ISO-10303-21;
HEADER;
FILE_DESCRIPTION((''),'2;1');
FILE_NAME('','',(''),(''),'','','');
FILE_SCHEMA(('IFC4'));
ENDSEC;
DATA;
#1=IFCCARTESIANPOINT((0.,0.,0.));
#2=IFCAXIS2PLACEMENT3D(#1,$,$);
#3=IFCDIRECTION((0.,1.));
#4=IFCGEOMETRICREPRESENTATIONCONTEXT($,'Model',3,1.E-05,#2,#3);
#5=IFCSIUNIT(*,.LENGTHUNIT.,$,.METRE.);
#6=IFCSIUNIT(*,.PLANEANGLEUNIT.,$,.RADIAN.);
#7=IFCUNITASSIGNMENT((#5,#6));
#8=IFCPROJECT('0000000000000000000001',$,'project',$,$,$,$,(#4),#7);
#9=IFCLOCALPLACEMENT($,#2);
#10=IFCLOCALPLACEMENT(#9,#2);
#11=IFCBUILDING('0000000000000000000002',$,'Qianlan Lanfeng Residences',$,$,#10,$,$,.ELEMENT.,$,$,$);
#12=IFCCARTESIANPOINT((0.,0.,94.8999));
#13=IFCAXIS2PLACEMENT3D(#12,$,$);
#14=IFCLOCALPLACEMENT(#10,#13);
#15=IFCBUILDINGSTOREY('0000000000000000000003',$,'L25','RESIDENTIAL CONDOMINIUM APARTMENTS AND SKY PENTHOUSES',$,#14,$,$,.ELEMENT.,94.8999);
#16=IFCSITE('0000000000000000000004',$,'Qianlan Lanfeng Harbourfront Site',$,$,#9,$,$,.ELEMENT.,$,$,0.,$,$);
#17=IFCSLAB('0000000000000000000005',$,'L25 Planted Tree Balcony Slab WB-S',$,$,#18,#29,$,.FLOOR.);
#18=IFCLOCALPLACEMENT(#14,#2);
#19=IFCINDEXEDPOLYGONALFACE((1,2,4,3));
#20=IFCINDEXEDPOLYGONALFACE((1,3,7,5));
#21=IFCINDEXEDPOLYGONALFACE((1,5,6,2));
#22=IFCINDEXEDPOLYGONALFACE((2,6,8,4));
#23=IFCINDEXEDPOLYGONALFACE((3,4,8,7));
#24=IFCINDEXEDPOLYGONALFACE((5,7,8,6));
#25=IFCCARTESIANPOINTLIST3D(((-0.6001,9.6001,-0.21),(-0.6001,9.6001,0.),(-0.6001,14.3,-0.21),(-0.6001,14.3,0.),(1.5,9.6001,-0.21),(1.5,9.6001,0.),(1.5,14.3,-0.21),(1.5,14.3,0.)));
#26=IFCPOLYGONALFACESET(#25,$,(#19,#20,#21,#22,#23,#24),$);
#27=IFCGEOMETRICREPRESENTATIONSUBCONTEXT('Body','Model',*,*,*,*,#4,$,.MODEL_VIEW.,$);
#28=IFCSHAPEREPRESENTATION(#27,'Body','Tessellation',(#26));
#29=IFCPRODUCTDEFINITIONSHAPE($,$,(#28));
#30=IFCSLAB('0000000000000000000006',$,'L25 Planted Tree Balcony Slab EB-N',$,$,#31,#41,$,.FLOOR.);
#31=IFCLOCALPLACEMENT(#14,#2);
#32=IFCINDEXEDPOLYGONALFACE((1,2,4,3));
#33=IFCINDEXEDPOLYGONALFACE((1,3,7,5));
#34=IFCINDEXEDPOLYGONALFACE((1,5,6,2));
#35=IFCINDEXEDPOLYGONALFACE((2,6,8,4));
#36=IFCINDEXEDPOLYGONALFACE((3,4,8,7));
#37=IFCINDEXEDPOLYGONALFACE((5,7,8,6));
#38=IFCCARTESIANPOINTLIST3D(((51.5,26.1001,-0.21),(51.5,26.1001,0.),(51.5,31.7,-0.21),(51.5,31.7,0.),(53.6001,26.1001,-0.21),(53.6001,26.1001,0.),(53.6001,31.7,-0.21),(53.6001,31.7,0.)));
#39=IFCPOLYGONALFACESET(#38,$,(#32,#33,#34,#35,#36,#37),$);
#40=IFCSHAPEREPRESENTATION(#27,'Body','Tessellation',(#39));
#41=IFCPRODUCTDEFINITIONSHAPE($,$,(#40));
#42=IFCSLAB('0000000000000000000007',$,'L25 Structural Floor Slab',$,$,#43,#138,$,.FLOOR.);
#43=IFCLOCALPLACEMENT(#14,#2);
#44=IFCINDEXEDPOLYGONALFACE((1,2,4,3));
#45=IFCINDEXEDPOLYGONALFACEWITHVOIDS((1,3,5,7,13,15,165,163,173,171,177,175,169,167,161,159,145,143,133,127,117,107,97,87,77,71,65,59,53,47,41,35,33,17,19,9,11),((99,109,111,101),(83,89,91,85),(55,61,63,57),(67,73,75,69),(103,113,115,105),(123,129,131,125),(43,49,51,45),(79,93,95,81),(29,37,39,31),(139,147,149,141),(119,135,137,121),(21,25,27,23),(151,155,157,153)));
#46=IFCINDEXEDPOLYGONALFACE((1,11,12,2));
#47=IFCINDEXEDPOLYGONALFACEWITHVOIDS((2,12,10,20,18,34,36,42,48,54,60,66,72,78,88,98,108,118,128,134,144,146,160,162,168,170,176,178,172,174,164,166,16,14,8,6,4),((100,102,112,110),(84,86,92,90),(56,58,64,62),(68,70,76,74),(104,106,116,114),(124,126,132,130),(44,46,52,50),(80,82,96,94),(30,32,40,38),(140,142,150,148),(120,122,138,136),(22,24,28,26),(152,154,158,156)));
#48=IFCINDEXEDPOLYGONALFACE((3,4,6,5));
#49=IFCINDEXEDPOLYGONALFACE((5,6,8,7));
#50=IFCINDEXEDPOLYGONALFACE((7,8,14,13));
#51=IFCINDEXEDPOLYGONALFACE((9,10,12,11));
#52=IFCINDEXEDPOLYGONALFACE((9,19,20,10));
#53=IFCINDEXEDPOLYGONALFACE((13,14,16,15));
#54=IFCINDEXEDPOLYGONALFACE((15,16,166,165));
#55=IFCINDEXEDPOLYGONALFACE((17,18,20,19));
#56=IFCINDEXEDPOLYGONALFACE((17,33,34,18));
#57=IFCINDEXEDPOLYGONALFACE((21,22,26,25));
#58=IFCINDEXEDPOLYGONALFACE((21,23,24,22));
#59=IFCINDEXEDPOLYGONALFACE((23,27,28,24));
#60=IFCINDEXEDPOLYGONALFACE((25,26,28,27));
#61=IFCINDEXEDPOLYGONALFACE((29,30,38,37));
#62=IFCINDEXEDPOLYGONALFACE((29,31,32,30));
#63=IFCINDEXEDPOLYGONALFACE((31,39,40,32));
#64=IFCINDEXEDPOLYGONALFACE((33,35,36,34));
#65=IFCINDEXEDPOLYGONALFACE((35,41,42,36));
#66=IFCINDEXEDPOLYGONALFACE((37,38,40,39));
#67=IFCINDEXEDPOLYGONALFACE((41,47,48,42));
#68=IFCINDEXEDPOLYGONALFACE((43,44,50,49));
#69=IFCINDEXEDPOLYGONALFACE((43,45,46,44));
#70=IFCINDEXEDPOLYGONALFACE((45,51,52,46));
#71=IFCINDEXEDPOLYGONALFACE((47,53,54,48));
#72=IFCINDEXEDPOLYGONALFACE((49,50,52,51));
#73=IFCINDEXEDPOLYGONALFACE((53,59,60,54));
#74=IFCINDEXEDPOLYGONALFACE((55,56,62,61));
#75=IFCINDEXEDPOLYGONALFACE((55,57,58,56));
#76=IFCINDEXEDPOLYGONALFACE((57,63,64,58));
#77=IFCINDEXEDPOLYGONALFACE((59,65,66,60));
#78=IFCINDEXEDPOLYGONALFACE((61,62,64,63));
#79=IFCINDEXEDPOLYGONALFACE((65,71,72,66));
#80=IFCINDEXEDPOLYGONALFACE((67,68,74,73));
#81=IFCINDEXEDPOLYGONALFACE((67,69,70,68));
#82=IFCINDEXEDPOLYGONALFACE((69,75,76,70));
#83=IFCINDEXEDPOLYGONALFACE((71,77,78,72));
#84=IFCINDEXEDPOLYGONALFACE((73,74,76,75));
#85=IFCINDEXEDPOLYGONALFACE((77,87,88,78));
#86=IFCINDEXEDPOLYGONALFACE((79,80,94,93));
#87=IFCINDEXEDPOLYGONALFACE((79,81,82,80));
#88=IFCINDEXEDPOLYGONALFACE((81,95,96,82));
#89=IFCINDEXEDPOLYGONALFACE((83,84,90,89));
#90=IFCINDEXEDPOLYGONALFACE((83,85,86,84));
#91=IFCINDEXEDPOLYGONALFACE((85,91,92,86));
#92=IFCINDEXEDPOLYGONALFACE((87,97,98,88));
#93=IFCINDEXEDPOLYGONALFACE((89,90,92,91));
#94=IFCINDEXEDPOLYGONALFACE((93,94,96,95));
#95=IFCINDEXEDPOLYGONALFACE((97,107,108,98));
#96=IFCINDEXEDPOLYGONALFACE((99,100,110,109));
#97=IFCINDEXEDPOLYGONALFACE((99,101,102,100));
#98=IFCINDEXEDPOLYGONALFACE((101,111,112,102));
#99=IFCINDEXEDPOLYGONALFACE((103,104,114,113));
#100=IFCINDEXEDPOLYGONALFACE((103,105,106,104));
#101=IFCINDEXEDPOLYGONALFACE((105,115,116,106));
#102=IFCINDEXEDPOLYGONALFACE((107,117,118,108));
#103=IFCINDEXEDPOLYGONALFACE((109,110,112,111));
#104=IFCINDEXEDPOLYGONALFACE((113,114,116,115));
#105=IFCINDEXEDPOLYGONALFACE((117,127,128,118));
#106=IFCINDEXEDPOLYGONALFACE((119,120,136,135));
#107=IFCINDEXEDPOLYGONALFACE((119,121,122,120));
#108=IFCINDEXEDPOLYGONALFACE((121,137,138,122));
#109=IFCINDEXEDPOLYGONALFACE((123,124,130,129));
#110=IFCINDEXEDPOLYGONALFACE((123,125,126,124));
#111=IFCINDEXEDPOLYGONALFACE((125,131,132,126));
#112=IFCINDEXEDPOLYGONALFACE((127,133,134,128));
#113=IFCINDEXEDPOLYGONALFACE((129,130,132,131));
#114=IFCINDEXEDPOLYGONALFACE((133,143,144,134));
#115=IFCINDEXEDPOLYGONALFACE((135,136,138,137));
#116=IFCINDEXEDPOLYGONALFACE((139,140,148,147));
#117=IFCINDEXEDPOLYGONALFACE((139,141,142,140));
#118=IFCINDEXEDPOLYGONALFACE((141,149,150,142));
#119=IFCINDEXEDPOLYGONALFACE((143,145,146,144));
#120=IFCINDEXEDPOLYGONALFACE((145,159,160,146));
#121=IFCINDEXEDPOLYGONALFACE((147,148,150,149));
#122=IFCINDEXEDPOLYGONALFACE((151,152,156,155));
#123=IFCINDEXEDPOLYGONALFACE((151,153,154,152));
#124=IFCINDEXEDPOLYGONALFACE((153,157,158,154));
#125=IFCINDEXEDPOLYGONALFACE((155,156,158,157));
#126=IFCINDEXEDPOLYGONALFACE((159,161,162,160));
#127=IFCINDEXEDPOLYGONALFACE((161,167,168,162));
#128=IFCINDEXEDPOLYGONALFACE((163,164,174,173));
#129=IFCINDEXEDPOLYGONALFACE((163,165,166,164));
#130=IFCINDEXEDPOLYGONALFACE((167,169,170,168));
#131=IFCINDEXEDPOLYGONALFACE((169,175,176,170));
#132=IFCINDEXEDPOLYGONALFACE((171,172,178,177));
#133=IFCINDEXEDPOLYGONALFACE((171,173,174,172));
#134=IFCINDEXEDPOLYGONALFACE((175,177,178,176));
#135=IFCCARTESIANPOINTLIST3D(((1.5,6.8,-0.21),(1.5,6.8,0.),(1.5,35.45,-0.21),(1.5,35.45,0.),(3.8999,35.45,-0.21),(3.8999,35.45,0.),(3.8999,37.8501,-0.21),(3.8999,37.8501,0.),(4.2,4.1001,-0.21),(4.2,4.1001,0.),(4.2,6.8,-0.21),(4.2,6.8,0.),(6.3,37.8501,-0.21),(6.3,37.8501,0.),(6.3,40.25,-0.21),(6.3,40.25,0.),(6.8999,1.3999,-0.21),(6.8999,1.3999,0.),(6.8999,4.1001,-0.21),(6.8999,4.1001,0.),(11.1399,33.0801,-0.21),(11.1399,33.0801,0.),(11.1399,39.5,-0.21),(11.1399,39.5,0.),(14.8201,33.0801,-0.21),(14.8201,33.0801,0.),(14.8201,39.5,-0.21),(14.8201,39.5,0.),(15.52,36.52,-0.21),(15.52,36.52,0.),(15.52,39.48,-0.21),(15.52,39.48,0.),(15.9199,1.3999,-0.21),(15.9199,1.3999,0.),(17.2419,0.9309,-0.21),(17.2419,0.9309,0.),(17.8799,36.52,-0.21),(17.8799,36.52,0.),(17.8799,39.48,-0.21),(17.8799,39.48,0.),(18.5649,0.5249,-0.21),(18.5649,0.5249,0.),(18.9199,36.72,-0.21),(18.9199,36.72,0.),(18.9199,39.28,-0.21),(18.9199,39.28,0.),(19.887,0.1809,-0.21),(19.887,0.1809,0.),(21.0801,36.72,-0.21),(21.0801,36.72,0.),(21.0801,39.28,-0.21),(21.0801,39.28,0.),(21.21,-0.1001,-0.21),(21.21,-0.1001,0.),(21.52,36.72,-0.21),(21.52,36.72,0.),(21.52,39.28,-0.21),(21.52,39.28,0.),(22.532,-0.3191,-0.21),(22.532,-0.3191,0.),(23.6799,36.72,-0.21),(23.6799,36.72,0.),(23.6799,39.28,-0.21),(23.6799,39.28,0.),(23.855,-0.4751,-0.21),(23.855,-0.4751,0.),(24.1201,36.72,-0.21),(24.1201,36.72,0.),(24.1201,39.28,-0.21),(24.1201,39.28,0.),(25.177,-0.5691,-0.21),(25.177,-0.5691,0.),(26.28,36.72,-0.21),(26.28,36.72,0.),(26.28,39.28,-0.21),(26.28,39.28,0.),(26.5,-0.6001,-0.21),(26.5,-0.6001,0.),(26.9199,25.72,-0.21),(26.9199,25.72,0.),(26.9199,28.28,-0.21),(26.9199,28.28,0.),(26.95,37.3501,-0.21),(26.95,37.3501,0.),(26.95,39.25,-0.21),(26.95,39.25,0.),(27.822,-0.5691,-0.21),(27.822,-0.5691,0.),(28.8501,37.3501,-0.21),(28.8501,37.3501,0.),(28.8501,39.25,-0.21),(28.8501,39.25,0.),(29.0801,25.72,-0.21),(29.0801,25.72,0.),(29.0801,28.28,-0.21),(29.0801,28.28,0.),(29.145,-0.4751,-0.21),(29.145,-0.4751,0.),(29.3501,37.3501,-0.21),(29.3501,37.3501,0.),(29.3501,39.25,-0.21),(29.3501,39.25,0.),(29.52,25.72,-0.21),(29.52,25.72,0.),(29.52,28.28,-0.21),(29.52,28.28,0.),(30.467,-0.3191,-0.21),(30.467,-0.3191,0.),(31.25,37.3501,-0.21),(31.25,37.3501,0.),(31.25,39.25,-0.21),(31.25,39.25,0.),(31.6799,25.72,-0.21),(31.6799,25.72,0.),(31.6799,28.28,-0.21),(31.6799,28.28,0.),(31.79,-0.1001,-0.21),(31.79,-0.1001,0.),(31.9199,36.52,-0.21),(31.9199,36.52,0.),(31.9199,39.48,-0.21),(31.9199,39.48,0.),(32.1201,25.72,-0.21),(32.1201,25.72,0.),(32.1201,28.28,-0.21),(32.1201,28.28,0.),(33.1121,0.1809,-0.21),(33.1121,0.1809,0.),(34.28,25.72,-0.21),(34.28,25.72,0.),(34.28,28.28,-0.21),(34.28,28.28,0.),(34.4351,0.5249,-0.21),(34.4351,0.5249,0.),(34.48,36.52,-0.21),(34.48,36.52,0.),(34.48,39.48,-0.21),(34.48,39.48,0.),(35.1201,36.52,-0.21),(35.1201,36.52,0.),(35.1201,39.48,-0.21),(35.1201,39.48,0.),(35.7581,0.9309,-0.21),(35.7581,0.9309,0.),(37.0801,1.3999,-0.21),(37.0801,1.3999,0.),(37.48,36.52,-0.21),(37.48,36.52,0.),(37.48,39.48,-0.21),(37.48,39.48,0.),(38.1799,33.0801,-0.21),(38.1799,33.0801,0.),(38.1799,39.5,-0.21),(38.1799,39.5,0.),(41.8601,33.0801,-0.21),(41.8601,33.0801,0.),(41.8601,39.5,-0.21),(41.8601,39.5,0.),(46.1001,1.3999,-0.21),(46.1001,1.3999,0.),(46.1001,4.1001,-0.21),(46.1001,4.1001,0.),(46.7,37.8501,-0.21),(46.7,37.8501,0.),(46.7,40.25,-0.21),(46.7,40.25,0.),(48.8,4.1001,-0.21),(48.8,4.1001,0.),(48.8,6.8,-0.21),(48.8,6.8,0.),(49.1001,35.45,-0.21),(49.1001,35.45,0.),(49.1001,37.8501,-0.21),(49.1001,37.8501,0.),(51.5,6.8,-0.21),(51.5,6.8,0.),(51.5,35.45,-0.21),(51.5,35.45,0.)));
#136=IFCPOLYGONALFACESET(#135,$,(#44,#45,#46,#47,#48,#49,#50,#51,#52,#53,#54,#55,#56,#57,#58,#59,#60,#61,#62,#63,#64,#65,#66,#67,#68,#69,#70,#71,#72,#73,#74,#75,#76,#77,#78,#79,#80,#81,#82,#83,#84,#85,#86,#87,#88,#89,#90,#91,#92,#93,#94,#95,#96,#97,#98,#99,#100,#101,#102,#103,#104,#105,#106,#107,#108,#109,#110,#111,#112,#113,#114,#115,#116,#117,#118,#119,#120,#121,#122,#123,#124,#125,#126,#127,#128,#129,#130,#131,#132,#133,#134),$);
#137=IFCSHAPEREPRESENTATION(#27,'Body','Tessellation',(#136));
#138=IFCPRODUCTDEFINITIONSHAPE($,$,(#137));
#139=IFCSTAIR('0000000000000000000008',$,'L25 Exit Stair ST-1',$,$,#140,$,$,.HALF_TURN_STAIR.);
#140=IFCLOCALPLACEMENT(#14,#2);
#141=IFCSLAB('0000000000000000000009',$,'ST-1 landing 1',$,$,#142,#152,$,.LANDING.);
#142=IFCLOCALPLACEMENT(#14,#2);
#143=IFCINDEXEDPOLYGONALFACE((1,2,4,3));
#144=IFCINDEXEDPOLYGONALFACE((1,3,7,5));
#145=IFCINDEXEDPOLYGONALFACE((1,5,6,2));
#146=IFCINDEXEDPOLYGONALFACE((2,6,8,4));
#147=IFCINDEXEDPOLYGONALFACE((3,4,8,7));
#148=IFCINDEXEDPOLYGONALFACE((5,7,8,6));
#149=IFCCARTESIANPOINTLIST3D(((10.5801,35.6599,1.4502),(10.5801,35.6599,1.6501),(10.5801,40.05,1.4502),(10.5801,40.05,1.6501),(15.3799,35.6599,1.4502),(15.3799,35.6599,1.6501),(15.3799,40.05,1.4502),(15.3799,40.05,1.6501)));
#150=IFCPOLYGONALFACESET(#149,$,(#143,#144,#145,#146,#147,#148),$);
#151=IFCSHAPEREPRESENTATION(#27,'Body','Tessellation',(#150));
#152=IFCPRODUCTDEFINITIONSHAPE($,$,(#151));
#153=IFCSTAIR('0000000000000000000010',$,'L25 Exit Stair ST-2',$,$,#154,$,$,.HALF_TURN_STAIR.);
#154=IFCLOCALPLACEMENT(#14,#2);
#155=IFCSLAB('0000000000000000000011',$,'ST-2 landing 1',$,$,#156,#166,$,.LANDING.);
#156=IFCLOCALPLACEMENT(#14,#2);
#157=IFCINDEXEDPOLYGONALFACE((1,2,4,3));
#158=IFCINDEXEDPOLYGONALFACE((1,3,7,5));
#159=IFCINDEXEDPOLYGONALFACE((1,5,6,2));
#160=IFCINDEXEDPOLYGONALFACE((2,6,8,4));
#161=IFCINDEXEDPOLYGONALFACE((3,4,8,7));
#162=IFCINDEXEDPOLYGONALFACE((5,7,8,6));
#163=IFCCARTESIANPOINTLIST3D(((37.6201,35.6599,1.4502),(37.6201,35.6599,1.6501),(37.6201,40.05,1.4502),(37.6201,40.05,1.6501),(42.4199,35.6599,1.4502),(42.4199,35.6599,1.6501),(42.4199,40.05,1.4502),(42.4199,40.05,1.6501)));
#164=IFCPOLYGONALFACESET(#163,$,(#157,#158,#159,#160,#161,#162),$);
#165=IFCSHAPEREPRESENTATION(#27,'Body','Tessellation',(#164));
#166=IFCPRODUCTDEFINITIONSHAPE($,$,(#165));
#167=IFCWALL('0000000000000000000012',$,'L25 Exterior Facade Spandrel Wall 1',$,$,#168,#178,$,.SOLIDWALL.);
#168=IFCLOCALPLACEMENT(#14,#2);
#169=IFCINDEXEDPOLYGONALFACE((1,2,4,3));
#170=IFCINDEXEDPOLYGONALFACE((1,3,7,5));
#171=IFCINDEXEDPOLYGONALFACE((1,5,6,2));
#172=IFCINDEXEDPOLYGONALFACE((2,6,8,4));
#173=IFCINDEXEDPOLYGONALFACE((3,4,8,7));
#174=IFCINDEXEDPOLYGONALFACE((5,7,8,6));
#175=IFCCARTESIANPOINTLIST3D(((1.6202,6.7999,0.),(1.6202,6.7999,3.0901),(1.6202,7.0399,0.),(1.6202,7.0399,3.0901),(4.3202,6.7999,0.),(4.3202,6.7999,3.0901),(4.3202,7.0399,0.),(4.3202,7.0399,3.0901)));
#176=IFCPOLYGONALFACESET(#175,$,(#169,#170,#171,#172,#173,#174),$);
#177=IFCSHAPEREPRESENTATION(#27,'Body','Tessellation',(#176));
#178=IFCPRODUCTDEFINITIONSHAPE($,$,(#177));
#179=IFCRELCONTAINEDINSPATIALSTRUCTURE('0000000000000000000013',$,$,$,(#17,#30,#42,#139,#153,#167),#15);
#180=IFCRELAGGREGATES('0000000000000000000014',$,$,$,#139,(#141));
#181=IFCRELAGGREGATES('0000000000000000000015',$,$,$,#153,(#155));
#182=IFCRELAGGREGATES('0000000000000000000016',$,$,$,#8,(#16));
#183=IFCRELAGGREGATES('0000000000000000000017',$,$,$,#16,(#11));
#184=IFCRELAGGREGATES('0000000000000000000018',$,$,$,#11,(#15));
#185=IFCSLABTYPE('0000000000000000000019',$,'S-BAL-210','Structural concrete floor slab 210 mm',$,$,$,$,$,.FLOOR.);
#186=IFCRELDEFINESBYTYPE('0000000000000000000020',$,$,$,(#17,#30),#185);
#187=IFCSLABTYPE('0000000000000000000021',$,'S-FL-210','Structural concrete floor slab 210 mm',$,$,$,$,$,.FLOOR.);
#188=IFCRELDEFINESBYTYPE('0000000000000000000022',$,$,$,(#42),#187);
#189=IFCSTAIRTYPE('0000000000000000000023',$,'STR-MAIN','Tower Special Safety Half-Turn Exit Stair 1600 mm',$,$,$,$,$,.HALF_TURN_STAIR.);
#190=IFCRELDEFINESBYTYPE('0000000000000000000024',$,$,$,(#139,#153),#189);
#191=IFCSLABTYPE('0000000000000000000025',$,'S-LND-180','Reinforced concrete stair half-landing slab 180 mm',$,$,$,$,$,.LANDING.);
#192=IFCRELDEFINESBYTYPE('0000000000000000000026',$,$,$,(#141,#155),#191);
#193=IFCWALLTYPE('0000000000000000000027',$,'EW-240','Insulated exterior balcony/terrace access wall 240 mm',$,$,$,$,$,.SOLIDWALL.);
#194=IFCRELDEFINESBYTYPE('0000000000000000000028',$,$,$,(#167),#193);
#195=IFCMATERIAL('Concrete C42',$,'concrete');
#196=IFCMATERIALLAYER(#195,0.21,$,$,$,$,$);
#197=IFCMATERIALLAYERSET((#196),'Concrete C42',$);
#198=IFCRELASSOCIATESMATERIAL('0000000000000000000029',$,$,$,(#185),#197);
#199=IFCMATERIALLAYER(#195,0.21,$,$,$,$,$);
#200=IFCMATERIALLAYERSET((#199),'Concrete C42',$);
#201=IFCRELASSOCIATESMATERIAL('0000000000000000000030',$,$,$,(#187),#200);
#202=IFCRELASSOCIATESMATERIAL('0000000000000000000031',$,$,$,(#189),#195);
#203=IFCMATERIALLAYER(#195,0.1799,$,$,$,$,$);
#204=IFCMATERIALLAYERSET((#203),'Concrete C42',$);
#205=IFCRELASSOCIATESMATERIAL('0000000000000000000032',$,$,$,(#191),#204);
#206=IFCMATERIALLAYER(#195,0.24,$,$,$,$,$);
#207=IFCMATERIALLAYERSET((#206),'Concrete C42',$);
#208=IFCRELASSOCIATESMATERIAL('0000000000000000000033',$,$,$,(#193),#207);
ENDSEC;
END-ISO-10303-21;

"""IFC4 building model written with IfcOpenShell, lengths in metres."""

from ifc_helpers import new_model, si_unit, direction, frame, frame_2d, origin, place, context, subcontext, project, spatial, polyline, rectangle, outline, extrude, material, layer, layer_set, type_object, element, aggregate, save


model = new_model("IFC4")

# Units and contexts
model_context = context("Model", 3, precision=1e-05, world=origin(), true_north=direction((0.0, 1.0)))
body_context = subcontext(model_context, "Body", "Model", "MODEL_VIEW")
ifc_project = project(units=[si_unit("LENGTHUNIT", "METRE"), si_unit("PLANEANGLEUNIT", "RADIAN")], contexts=[model_context])

# Site, building, storey
site_placement = place(None, origin())
site = spatial("IfcSite", under=ifc_project, at=site_placement, Name="Qianlan Lanfeng Harbourfront Site", CompositionType="ELEMENT", RefElevation=0.0)
building_placement = place(site_placement, origin())
building = spatial("IfcBuilding", under=site, at=building_placement, Name="Qianlan Lanfeng Residences", CompositionType="ELEMENT")
storey_placement = place(building_placement, frame((0.0, 0.0, 94.8999)))
storey = spatial("IfcBuildingStorey", under=building, at=storey_placement, Name="L25", Description="RESIDENTIAL CONDOMINIUM APARTMENTS AND SKY PENTHOUSES", CompositionType="ELEMENT", Elevation=94.8999)

# Slabs
ifc_material_1 = material(Name="Concrete C42", Category="concrete")
ifc_layer_1 = layer(ifc_material_1, 0.21)
ifc_layer_set_1 = layer_set([ifc_layer_1], Name="Concrete C42")
slab_type_1 = type_object("IfcSlabType", Name="S-BAL-210", Description="Structural concrete floor slab 210 mm", PredefinedType="FLOOR", material=ifc_layer_set_1)
slab_1_placement = place(storey_placement, frame((0.0, 0.0, -0.21)))
element("IfcSlab", 1, at=slab_1_placement, inside=storey, type_object=slab_type_1, Name="L25 Planted Tree Balcony Slab WB-S", PredefinedType="FLOOR", context=body_context, shape_type="SweptSolid", body=[
    extrude(outline(polyline([(1.5, 9.6001), (1.5, 14.3), (-0.6001, 14.3), (-0.6001, 9.6001), (1.5, 9.6001)])), origin(), (0.0, 0.0, 1.0), 0.21),
])
slab_2_placement = place(storey_placement, frame((0.0, 0.0, -0.21)))
element("IfcSlab", 2, at=slab_2_placement, inside=storey, type_object=slab_type_1, Name="L25 Planted Tree Balcony Slab EB-N", PredefinedType="FLOOR", context=body_context, shape_type="SweptSolid", body=[
    extrude(outline(polyline([(51.5, 31.7), (51.5, 26.1001), (53.6001, 26.1001), (53.6001, 31.7), (51.5, 31.7)])), origin(), (0.0, 0.0, 1.0), 0.21),
])
ifc_layer_2 = layer(ifc_material_1, 0.21)
ifc_layer_set_2 = layer_set([ifc_layer_2], Name="Concrete C42")
slab_type_2 = type_object("IfcSlabType", Name="S-FL-210", Description="Structural concrete floor slab 210 mm", PredefinedType="FLOOR", material=ifc_layer_set_2)
slab_3_placement = place(storey_placement, frame((0.0, 0.0, -0.21)))
element("IfcSlab", 3, at=slab_3_placement, inside=storey, type_object=slab_type_2, Name="L25 Structural Floor Slab", PredefinedType="FLOOR", context=body_context, shape_type="SweptSolid", body=[
    extrude(outline(polyline([(1.5, 6.8), (4.2, 6.8), (4.2, 4.1001), (6.8999, 4.1001), (6.8999, 1.3999), (15.9199, 1.3999), (17.2419, 0.9309), (18.5649, 0.5249), (19.887, 0.1809), (21.21, -0.1001), (22.532, -0.3191), (23.855, -0.4751), (25.177, -0.5691), (26.5, -0.6001), (27.822, -0.5691), (29.145, -0.4751), (30.467, -0.3191), (31.79, -0.1001), (33.1121, 0.1809), (34.4351, 0.5249), (35.7581, 0.9309), (37.0801, 1.3999), (46.1001, 1.3999), (46.1001, 4.1001), (48.8, 4.1001), (48.8, 6.8), (51.5, 6.8), (51.5, 35.45), (49.1001, 35.45), (49.1001, 37.8501), (46.7, 37.8501), (46.7, 40.25), (6.3, 40.25), (6.3, 37.8501), (3.8999, 37.8501), (3.8999, 35.45), (1.5, 35.45), (1.5, 6.8)]), holes=[polyline([(11.1399, 33.0801), (11.1399, 39.5), (14.8201, 39.5), (14.8201, 33.0801), (11.1399, 33.0801)]), polyline([(38.1799, 33.0801), (38.1799, 39.5), (41.8601, 39.5), (41.8601, 33.0801), (38.1799, 33.0801)]), polyline([(15.52, 36.52), (15.52, 39.48), (17.8799, 39.48), (17.8799, 36.52), (15.52, 36.52)]), polyline([(35.1201, 36.52), (35.1201, 39.48), (37.48, 39.48), (37.48, 36.52), (35.1201, 36.52)]), polyline([(31.9199, 36.52), (31.9199, 39.48), (34.48, 39.48), (34.48, 36.52), (31.9199, 36.52)]), polyline([(26.9199, 25.72), (26.9199, 28.28), (29.0801, 28.28), (29.0801, 25.72), (26.9199, 25.72)]), polyline([(29.52, 25.72), (29.52, 28.28), (31.6799, 28.28), (31.6799, 25.72), (29.52, 25.72)]), polyline([(32.1201, 25.72), (32.1201, 28.28), (34.28, 28.28), (34.28, 25.72), (32.1201, 25.72)]), polyline([(18.9199, 36.72), (18.9199, 39.28), (21.0801, 39.28), (21.0801, 36.72), (18.9199, 36.72)]), polyline([(21.52, 36.72), (21.52, 39.28), (23.6799, 39.28), (23.6799, 36.72), (21.52, 36.72)]), polyline([(24.1201, 36.72), (24.1201, 39.28), (26.28, 39.28), (26.28, 36.72), (24.1201, 36.72)]), polyline([(26.95, 37.3501), (26.95, 39.25), (28.8501, 39.25), (28.8501, 37.3501), (26.95, 37.3501)]), polyline([(29.3501, 37.3501), (29.3501, 39.25), (31.25, 39.25), (31.25, 37.3501), (29.3501, 37.3501)])]), origin(), (0.0, 0.0, 1.0), 0.21),
])

# Stairs, slabs
stair_type = type_object("IfcStairType", Name="STR-MAIN", Description="Tower Special Safety Half-Turn Exit Stair 1600 mm", PredefinedType="HALF_TURN_STAIR", material=ifc_material_1)
stair_1_placement = place(storey_placement, origin())
stair_1 = element("IfcStair", 4, at=stair_1_placement, inside=storey, type_object=stair_type, Name="L25 Exit Stair ST-1", PredefinedType="HALF_TURN_STAIR")
ifc_layer_3 = layer(ifc_material_1, 0.1799)
ifc_layer_set_3 = layer_set([ifc_layer_3], Name="Concrete C42")
slab_type_3 = type_object("IfcSlabType", Name="S-LND-180", Description="Reinforced concrete stair half-landing slab 180 mm", PredefinedType="LANDING", material=ifc_layer_set_3)
slab_4_placement = place(storey_placement, frame((0.0, 0.0, 1.4502)))
slab_4 = element("IfcSlab", 5, at=slab_4_placement, type_object=slab_type_3, Name="ST-1 landing 1", PredefinedType="LANDING", context=body_context, shape_type="SweptSolid", body=[
    extrude(outline(polyline([(10.5801, 35.6599), (15.3799, 35.6599), (15.3799, 40.05), (10.5801, 40.05), (10.5801, 35.6599)])), origin(), (0.0, 0.0, 1.0), 0.2),
])
aggregate(stair_1, [slab_4])
stair_2_placement = place(storey_placement, origin())
stair_2 = element("IfcStair", 6, at=stair_2_placement, inside=storey, type_object=stair_type, Name="L25 Exit Stair ST-2", PredefinedType="HALF_TURN_STAIR")
slab_5_placement = place(storey_placement, frame((0.0, 0.0, 1.4502)))
slab_5 = element("IfcSlab", 7, at=slab_5_placement, type_object=slab_type_3, Name="ST-2 landing 1", PredefinedType="LANDING", context=body_context, shape_type="SweptSolid", body=[
    extrude(outline(polyline([(37.6201, 35.6599), (42.4199, 35.6599), (42.4199, 40.05), (37.6201, 40.05), (37.6201, 35.6599)])), origin(), (0.0, 0.0, 1.0), 0.2),
])
aggregate(stair_2, [slab_5])

# Wall
ifc_layer_4 = layer(ifc_material_1, 0.24)
ifc_layer_set_4 = layer_set([ifc_layer_4], Name="Concrete C42")
wall_type_1 = type_object("IfcWallType", Name="EW-240", Description="Insulated exterior balcony/terrace access wall 240 mm", PredefinedType="SOLIDWALL", material=ifc_layer_set_4)
wall_1_placement = place(storey_placement, frame((1.6201, 6.9199, 0.0), z_axis=(0.0, 0.0, 1.0), x_axis=(1.0, 0.0, 0.0)))
element("IfcWall", 8, at=wall_1_placement, inside=storey, type_object=wall_type_1, Name="L25 Exterior Facade Spandrel Wall 1", PredefinedType="SOLIDWALL", context=body_context, shape_type="SweptSolid", body=[
    extrude(rectangle(XDim=2.7, YDim=0.24, at=frame_2d((1.3501, 0.0))), origin(), (0.0, 0.0, 1.0), 3.0901),
])

save(model, "model.ifc")
